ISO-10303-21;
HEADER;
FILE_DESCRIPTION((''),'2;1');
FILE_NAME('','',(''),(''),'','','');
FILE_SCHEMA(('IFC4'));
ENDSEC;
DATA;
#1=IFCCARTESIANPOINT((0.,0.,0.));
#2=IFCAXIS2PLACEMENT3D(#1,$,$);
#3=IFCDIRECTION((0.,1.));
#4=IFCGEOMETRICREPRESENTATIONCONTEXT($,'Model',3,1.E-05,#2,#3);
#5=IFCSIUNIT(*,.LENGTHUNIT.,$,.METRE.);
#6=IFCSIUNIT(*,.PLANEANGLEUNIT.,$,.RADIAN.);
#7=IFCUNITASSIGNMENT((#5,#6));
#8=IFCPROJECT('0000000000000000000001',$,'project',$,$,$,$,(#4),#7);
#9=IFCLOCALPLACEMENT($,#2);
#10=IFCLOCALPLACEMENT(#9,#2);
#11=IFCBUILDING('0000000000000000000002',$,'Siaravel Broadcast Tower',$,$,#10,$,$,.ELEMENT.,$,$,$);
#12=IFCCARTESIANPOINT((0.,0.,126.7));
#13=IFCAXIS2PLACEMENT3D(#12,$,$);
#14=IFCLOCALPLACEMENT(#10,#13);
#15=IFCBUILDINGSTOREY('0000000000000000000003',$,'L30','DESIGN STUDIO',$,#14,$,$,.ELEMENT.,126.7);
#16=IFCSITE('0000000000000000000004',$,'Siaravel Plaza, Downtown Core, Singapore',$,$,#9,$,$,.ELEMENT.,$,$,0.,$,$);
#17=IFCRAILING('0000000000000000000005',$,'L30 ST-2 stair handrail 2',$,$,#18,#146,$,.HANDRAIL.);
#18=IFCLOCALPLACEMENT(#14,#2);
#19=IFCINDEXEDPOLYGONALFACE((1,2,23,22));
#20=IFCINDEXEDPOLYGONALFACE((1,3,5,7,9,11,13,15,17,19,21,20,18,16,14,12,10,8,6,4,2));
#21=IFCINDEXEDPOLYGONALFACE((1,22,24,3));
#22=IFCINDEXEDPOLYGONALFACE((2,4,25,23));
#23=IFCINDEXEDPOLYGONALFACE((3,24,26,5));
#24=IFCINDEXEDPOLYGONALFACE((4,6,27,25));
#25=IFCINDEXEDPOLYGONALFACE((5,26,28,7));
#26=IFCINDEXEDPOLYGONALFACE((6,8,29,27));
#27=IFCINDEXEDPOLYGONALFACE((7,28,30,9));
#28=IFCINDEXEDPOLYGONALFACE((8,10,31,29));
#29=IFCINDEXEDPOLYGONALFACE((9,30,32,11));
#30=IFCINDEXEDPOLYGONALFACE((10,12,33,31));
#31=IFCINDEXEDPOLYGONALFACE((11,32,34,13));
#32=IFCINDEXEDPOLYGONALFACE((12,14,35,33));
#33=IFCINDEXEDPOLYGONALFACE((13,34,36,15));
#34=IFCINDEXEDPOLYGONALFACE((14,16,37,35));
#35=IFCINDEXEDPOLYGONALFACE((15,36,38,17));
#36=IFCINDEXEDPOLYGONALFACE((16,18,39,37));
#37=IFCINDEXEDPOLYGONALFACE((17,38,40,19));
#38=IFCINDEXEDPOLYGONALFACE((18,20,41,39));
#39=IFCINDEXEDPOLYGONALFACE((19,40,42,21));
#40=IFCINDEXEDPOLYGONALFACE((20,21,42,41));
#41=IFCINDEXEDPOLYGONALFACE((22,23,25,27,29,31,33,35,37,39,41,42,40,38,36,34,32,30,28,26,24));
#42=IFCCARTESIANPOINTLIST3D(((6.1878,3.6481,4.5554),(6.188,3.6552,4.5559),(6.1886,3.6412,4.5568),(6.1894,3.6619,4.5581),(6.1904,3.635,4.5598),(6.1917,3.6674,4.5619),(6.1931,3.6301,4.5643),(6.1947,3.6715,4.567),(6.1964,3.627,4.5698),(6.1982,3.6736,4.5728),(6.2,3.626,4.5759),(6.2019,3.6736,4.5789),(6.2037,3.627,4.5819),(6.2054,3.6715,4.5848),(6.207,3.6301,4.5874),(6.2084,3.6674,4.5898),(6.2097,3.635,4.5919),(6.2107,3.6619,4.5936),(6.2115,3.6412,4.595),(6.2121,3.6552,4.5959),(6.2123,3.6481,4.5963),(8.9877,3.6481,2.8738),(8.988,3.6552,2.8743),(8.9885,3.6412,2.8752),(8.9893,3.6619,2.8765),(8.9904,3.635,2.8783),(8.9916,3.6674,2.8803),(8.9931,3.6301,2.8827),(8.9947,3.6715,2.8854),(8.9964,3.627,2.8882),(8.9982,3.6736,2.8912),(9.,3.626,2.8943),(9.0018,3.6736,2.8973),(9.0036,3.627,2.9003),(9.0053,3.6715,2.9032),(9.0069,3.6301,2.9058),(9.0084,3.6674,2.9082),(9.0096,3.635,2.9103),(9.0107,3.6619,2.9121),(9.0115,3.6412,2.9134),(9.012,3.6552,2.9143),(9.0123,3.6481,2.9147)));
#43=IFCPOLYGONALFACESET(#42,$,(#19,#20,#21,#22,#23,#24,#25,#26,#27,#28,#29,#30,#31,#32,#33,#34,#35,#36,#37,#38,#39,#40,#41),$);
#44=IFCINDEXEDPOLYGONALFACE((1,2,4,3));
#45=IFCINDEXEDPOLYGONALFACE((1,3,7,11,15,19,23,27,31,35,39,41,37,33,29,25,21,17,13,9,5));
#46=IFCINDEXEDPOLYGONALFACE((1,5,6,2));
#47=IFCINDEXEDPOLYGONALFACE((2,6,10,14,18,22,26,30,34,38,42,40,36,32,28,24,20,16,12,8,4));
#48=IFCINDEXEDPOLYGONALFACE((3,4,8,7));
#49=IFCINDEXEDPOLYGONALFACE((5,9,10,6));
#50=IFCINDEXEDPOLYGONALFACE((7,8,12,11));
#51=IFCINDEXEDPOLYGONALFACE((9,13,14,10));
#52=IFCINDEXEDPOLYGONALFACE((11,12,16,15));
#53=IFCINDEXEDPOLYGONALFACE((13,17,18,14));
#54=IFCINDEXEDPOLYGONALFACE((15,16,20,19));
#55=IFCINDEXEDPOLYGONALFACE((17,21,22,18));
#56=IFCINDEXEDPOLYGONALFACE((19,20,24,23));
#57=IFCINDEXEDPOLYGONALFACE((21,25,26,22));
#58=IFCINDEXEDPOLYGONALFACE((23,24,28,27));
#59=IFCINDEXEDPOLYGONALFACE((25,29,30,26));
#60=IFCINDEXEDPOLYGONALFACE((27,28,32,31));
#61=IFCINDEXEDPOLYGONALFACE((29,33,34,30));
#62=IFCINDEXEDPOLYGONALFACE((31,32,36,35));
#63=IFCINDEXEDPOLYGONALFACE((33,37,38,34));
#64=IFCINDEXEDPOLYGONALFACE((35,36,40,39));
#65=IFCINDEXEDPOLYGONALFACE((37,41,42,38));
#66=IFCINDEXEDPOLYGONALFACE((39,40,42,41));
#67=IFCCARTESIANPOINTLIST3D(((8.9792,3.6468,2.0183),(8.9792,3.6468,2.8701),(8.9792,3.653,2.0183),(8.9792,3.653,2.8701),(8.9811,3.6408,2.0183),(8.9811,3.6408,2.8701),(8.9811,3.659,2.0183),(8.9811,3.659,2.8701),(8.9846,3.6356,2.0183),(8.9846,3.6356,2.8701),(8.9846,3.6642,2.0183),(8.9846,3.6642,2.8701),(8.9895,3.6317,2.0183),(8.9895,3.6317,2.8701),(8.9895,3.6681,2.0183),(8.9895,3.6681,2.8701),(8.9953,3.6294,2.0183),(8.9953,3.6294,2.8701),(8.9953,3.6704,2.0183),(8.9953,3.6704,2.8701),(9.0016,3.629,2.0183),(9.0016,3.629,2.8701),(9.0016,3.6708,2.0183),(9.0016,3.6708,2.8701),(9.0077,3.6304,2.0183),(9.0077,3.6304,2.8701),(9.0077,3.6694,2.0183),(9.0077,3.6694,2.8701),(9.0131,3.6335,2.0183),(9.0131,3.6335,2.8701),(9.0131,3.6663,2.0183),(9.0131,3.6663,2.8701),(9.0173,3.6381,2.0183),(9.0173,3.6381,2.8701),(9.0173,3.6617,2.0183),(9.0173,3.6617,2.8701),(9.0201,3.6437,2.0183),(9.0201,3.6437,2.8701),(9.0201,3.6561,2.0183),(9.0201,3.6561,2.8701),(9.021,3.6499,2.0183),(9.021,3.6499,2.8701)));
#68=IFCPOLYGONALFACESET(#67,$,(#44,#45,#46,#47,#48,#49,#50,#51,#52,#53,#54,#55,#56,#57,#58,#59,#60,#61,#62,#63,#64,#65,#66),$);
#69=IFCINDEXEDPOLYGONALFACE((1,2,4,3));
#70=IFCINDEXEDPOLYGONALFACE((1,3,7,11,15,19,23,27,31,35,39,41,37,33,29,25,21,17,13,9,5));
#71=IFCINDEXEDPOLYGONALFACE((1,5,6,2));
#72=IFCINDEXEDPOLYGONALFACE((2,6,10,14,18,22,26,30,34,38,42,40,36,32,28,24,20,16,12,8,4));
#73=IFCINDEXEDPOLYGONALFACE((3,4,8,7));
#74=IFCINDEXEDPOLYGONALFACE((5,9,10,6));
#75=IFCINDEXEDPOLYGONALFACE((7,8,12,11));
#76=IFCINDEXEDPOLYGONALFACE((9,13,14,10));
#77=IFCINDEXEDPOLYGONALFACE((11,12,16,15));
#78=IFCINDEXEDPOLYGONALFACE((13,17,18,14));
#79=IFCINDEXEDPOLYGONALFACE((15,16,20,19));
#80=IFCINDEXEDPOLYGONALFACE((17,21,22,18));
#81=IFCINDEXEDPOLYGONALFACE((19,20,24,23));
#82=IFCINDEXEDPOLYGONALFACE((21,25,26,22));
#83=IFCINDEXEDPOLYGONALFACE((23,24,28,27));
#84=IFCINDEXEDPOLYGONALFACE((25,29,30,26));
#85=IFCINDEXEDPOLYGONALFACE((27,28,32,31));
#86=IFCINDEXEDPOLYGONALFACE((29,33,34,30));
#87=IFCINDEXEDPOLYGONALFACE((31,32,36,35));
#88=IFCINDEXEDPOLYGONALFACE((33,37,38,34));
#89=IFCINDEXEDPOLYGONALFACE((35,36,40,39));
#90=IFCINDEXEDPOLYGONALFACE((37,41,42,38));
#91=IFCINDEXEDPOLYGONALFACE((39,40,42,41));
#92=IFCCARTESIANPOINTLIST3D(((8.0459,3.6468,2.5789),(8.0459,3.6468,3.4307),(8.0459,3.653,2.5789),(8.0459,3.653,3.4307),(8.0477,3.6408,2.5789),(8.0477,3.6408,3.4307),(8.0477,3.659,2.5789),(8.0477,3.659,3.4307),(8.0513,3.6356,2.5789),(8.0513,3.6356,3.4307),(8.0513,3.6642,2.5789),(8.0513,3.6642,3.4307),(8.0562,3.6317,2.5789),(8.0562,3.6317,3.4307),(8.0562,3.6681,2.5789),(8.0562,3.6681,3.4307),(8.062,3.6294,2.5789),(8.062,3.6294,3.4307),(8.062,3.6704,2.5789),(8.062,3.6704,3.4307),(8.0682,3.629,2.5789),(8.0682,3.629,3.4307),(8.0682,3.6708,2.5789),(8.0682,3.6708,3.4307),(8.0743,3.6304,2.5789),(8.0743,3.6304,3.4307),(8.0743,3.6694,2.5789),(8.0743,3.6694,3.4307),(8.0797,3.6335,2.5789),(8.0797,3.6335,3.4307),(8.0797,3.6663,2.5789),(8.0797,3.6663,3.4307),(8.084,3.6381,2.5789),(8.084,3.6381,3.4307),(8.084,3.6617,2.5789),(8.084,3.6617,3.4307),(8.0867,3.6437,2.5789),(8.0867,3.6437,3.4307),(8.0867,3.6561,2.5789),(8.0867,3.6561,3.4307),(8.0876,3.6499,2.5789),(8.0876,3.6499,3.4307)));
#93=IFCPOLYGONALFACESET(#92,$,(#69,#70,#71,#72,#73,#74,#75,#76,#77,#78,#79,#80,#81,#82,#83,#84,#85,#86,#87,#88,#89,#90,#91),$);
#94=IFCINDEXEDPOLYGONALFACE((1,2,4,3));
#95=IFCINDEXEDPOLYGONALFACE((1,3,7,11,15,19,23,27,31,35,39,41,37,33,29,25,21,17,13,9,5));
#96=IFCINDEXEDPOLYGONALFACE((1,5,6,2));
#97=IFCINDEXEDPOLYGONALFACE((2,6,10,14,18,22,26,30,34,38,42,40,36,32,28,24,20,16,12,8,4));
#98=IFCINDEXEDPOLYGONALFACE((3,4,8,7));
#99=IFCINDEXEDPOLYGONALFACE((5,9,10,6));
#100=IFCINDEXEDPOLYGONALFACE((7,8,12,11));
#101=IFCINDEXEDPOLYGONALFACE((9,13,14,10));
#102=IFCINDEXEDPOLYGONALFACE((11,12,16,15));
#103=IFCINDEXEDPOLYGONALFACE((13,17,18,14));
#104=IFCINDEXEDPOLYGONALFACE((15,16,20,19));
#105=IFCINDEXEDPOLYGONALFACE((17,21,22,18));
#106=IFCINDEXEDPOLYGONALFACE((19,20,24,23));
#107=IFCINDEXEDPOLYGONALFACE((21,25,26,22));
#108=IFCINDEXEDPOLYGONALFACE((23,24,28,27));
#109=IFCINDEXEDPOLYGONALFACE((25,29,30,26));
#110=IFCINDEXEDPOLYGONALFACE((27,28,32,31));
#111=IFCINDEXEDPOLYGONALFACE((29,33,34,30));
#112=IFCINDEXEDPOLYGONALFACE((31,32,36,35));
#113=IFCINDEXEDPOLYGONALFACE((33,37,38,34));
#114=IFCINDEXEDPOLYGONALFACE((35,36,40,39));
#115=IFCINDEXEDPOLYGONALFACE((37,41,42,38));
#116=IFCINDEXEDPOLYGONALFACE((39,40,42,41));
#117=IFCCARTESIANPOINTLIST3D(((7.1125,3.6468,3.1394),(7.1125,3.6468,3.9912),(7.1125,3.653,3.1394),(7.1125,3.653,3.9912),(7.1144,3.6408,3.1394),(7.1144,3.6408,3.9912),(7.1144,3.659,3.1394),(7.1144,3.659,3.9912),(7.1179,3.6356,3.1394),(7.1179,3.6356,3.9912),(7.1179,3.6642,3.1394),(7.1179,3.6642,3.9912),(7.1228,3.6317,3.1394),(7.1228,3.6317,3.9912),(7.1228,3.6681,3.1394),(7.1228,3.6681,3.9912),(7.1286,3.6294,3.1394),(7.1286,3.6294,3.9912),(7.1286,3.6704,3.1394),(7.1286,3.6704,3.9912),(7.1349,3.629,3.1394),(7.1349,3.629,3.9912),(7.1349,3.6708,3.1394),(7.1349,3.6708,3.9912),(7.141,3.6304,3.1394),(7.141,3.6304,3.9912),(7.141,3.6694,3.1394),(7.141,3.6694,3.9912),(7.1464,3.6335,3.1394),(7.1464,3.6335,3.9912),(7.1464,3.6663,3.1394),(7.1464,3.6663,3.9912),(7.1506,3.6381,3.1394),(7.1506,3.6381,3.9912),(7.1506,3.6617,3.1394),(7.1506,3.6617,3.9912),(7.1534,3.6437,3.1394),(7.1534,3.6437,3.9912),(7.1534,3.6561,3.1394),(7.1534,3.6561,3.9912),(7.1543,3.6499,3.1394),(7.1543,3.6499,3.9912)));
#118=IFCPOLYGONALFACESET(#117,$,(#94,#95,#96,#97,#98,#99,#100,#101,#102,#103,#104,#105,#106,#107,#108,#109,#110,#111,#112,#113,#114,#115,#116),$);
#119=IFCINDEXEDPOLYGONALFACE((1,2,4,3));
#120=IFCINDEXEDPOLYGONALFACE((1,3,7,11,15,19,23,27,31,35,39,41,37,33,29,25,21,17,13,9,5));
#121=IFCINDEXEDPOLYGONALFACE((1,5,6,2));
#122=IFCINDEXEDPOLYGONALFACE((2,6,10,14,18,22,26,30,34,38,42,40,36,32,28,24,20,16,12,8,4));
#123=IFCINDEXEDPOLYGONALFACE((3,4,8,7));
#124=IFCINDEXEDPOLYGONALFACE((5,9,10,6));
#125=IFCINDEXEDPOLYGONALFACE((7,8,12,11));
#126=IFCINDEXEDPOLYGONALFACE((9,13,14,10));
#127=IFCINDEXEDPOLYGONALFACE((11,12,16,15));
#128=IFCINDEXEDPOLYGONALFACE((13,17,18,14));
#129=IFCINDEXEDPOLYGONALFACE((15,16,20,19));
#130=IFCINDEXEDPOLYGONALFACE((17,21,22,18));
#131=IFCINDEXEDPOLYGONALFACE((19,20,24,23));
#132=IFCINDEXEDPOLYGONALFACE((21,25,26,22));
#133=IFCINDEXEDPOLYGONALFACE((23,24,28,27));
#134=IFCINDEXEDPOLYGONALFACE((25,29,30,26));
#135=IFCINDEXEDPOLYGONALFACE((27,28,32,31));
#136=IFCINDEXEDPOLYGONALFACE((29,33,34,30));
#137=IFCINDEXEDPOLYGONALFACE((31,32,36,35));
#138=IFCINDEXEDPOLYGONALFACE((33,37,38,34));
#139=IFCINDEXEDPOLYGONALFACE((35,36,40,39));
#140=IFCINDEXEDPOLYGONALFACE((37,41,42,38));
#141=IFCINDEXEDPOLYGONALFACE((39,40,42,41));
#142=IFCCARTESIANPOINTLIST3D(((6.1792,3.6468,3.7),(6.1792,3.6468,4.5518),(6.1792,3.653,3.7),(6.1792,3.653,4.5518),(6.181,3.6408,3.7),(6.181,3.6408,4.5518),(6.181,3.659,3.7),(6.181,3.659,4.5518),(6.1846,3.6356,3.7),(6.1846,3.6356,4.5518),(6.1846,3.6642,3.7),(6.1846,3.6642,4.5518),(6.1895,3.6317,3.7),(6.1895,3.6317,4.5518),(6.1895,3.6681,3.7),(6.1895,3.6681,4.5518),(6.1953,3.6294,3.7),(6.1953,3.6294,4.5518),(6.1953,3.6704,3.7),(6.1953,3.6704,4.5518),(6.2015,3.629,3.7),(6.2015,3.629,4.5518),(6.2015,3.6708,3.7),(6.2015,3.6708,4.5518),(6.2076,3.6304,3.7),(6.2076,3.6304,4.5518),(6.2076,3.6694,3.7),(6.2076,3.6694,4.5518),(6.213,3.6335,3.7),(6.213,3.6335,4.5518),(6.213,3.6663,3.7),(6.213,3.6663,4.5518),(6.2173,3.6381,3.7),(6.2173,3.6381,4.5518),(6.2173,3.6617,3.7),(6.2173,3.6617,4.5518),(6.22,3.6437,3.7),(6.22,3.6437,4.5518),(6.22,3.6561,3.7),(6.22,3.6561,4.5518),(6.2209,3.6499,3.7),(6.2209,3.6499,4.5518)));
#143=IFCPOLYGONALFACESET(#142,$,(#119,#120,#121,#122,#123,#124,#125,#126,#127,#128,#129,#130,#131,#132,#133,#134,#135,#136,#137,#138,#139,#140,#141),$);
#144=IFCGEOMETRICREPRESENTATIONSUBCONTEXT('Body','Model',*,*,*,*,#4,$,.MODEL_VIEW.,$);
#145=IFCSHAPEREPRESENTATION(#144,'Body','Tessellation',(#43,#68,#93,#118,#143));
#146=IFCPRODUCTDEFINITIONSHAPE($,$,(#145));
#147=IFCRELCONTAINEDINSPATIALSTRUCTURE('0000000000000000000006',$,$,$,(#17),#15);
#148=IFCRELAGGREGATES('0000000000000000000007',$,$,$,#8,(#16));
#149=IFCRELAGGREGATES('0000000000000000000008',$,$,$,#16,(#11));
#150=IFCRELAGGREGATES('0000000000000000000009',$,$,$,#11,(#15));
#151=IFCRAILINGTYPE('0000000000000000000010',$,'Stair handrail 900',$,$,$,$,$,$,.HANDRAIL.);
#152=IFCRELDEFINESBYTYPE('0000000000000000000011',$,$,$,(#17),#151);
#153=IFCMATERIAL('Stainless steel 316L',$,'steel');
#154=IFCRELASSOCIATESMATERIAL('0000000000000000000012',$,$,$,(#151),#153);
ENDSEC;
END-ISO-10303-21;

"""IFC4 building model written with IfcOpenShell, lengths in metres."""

from ifc_helpers import new_model, si_unit, direction, frame, origin, origin_2d, place, context, subcontext, project, spatial, circle, extrude, material, type_object, element, save


model = new_model("IFC4")

# Units and contexts
model_context = context("Model", 3, precision=1e-05, world=origin(), true_north=direction((0.0, 1.0)))
body_context = subcontext(model_context, "Body", "Model", "MODEL_VIEW")
ifc_project = project(units=[si_unit("LENGTHUNIT", "METRE"), si_unit("PLANEANGLEUNIT", "RADIAN")], contexts=[model_context])

# Site, building, storey
site_placement = place(None, origin())
site = spatial("IfcSite", under=ifc_project, at=site_placement, Name="Siaravel Plaza, Downtown Core, Singapore", CompositionType="ELEMENT", RefElevation=0.0)
building_placement = place(site_placement, origin())
building = spatial("IfcBuilding", under=site, at=building_placement, Name="Siaravel Broadcast Tower", CompositionType="ELEMENT")
storey_placement = place(building_placement, frame((0.0, 0.0, 126.7)))
storey = spatial("IfcBuildingStorey", under=building, at=storey_placement, Name="L30", Description="DESIGN STUDIO", CompositionType="ELEMENT", Elevation=126.7)

# Railing
ifc_material_1 = material(Name="Stainless steel 316L", Category="steel")
railing_type_1 = type_object("IfcRailingType", Name="Stair handrail 900", PredefinedType="HANDRAIL", material=ifc_material_1)
railing_1_placement = place(storey_placement, frame((9.0, 3.6499, 2.0183)))
element("IfcRailing", 1, at=railing_1_placement, inside=storey, type_object=railing_type_1, Name="L30 ST-2 stair handrail 2", PredefinedType="HANDRAIL", context=body_context, shape_type="SweptSolid", body=[
    extrude(circle(Radius=0.0239, at=origin_2d()), frame((0.0, 0.0, 0.876), z_axis=(-0.857275, 0.0, 0.514858), x_axis=(0.0, -1.0, 0.0)), (0.0, 0.0, 1.0), 3.2661),
    extrude(circle(Radius=0.021, at=origin_2d()), origin(), (0.0, 0.0, 1.0), 0.8518),
    extrude(circle(Radius=0.021, at=origin_2d()), frame((-0.9333, 0.0, 0.5605)), (0.0, 0.0, 1.0), 0.8518),
    extrude(circle(Radius=0.021, at=origin_2d()), frame((-1.8667, 0.0, 1.1211)), (0.0, 0.0, 1.0), 0.8518),
    extrude(circle(Radius=0.021, at=origin_2d()), frame((-2.8, 0.0, 1.6816)), (0.0, 0.0, 1.0), 0.8518),
])

save(model, "model.ifc")
